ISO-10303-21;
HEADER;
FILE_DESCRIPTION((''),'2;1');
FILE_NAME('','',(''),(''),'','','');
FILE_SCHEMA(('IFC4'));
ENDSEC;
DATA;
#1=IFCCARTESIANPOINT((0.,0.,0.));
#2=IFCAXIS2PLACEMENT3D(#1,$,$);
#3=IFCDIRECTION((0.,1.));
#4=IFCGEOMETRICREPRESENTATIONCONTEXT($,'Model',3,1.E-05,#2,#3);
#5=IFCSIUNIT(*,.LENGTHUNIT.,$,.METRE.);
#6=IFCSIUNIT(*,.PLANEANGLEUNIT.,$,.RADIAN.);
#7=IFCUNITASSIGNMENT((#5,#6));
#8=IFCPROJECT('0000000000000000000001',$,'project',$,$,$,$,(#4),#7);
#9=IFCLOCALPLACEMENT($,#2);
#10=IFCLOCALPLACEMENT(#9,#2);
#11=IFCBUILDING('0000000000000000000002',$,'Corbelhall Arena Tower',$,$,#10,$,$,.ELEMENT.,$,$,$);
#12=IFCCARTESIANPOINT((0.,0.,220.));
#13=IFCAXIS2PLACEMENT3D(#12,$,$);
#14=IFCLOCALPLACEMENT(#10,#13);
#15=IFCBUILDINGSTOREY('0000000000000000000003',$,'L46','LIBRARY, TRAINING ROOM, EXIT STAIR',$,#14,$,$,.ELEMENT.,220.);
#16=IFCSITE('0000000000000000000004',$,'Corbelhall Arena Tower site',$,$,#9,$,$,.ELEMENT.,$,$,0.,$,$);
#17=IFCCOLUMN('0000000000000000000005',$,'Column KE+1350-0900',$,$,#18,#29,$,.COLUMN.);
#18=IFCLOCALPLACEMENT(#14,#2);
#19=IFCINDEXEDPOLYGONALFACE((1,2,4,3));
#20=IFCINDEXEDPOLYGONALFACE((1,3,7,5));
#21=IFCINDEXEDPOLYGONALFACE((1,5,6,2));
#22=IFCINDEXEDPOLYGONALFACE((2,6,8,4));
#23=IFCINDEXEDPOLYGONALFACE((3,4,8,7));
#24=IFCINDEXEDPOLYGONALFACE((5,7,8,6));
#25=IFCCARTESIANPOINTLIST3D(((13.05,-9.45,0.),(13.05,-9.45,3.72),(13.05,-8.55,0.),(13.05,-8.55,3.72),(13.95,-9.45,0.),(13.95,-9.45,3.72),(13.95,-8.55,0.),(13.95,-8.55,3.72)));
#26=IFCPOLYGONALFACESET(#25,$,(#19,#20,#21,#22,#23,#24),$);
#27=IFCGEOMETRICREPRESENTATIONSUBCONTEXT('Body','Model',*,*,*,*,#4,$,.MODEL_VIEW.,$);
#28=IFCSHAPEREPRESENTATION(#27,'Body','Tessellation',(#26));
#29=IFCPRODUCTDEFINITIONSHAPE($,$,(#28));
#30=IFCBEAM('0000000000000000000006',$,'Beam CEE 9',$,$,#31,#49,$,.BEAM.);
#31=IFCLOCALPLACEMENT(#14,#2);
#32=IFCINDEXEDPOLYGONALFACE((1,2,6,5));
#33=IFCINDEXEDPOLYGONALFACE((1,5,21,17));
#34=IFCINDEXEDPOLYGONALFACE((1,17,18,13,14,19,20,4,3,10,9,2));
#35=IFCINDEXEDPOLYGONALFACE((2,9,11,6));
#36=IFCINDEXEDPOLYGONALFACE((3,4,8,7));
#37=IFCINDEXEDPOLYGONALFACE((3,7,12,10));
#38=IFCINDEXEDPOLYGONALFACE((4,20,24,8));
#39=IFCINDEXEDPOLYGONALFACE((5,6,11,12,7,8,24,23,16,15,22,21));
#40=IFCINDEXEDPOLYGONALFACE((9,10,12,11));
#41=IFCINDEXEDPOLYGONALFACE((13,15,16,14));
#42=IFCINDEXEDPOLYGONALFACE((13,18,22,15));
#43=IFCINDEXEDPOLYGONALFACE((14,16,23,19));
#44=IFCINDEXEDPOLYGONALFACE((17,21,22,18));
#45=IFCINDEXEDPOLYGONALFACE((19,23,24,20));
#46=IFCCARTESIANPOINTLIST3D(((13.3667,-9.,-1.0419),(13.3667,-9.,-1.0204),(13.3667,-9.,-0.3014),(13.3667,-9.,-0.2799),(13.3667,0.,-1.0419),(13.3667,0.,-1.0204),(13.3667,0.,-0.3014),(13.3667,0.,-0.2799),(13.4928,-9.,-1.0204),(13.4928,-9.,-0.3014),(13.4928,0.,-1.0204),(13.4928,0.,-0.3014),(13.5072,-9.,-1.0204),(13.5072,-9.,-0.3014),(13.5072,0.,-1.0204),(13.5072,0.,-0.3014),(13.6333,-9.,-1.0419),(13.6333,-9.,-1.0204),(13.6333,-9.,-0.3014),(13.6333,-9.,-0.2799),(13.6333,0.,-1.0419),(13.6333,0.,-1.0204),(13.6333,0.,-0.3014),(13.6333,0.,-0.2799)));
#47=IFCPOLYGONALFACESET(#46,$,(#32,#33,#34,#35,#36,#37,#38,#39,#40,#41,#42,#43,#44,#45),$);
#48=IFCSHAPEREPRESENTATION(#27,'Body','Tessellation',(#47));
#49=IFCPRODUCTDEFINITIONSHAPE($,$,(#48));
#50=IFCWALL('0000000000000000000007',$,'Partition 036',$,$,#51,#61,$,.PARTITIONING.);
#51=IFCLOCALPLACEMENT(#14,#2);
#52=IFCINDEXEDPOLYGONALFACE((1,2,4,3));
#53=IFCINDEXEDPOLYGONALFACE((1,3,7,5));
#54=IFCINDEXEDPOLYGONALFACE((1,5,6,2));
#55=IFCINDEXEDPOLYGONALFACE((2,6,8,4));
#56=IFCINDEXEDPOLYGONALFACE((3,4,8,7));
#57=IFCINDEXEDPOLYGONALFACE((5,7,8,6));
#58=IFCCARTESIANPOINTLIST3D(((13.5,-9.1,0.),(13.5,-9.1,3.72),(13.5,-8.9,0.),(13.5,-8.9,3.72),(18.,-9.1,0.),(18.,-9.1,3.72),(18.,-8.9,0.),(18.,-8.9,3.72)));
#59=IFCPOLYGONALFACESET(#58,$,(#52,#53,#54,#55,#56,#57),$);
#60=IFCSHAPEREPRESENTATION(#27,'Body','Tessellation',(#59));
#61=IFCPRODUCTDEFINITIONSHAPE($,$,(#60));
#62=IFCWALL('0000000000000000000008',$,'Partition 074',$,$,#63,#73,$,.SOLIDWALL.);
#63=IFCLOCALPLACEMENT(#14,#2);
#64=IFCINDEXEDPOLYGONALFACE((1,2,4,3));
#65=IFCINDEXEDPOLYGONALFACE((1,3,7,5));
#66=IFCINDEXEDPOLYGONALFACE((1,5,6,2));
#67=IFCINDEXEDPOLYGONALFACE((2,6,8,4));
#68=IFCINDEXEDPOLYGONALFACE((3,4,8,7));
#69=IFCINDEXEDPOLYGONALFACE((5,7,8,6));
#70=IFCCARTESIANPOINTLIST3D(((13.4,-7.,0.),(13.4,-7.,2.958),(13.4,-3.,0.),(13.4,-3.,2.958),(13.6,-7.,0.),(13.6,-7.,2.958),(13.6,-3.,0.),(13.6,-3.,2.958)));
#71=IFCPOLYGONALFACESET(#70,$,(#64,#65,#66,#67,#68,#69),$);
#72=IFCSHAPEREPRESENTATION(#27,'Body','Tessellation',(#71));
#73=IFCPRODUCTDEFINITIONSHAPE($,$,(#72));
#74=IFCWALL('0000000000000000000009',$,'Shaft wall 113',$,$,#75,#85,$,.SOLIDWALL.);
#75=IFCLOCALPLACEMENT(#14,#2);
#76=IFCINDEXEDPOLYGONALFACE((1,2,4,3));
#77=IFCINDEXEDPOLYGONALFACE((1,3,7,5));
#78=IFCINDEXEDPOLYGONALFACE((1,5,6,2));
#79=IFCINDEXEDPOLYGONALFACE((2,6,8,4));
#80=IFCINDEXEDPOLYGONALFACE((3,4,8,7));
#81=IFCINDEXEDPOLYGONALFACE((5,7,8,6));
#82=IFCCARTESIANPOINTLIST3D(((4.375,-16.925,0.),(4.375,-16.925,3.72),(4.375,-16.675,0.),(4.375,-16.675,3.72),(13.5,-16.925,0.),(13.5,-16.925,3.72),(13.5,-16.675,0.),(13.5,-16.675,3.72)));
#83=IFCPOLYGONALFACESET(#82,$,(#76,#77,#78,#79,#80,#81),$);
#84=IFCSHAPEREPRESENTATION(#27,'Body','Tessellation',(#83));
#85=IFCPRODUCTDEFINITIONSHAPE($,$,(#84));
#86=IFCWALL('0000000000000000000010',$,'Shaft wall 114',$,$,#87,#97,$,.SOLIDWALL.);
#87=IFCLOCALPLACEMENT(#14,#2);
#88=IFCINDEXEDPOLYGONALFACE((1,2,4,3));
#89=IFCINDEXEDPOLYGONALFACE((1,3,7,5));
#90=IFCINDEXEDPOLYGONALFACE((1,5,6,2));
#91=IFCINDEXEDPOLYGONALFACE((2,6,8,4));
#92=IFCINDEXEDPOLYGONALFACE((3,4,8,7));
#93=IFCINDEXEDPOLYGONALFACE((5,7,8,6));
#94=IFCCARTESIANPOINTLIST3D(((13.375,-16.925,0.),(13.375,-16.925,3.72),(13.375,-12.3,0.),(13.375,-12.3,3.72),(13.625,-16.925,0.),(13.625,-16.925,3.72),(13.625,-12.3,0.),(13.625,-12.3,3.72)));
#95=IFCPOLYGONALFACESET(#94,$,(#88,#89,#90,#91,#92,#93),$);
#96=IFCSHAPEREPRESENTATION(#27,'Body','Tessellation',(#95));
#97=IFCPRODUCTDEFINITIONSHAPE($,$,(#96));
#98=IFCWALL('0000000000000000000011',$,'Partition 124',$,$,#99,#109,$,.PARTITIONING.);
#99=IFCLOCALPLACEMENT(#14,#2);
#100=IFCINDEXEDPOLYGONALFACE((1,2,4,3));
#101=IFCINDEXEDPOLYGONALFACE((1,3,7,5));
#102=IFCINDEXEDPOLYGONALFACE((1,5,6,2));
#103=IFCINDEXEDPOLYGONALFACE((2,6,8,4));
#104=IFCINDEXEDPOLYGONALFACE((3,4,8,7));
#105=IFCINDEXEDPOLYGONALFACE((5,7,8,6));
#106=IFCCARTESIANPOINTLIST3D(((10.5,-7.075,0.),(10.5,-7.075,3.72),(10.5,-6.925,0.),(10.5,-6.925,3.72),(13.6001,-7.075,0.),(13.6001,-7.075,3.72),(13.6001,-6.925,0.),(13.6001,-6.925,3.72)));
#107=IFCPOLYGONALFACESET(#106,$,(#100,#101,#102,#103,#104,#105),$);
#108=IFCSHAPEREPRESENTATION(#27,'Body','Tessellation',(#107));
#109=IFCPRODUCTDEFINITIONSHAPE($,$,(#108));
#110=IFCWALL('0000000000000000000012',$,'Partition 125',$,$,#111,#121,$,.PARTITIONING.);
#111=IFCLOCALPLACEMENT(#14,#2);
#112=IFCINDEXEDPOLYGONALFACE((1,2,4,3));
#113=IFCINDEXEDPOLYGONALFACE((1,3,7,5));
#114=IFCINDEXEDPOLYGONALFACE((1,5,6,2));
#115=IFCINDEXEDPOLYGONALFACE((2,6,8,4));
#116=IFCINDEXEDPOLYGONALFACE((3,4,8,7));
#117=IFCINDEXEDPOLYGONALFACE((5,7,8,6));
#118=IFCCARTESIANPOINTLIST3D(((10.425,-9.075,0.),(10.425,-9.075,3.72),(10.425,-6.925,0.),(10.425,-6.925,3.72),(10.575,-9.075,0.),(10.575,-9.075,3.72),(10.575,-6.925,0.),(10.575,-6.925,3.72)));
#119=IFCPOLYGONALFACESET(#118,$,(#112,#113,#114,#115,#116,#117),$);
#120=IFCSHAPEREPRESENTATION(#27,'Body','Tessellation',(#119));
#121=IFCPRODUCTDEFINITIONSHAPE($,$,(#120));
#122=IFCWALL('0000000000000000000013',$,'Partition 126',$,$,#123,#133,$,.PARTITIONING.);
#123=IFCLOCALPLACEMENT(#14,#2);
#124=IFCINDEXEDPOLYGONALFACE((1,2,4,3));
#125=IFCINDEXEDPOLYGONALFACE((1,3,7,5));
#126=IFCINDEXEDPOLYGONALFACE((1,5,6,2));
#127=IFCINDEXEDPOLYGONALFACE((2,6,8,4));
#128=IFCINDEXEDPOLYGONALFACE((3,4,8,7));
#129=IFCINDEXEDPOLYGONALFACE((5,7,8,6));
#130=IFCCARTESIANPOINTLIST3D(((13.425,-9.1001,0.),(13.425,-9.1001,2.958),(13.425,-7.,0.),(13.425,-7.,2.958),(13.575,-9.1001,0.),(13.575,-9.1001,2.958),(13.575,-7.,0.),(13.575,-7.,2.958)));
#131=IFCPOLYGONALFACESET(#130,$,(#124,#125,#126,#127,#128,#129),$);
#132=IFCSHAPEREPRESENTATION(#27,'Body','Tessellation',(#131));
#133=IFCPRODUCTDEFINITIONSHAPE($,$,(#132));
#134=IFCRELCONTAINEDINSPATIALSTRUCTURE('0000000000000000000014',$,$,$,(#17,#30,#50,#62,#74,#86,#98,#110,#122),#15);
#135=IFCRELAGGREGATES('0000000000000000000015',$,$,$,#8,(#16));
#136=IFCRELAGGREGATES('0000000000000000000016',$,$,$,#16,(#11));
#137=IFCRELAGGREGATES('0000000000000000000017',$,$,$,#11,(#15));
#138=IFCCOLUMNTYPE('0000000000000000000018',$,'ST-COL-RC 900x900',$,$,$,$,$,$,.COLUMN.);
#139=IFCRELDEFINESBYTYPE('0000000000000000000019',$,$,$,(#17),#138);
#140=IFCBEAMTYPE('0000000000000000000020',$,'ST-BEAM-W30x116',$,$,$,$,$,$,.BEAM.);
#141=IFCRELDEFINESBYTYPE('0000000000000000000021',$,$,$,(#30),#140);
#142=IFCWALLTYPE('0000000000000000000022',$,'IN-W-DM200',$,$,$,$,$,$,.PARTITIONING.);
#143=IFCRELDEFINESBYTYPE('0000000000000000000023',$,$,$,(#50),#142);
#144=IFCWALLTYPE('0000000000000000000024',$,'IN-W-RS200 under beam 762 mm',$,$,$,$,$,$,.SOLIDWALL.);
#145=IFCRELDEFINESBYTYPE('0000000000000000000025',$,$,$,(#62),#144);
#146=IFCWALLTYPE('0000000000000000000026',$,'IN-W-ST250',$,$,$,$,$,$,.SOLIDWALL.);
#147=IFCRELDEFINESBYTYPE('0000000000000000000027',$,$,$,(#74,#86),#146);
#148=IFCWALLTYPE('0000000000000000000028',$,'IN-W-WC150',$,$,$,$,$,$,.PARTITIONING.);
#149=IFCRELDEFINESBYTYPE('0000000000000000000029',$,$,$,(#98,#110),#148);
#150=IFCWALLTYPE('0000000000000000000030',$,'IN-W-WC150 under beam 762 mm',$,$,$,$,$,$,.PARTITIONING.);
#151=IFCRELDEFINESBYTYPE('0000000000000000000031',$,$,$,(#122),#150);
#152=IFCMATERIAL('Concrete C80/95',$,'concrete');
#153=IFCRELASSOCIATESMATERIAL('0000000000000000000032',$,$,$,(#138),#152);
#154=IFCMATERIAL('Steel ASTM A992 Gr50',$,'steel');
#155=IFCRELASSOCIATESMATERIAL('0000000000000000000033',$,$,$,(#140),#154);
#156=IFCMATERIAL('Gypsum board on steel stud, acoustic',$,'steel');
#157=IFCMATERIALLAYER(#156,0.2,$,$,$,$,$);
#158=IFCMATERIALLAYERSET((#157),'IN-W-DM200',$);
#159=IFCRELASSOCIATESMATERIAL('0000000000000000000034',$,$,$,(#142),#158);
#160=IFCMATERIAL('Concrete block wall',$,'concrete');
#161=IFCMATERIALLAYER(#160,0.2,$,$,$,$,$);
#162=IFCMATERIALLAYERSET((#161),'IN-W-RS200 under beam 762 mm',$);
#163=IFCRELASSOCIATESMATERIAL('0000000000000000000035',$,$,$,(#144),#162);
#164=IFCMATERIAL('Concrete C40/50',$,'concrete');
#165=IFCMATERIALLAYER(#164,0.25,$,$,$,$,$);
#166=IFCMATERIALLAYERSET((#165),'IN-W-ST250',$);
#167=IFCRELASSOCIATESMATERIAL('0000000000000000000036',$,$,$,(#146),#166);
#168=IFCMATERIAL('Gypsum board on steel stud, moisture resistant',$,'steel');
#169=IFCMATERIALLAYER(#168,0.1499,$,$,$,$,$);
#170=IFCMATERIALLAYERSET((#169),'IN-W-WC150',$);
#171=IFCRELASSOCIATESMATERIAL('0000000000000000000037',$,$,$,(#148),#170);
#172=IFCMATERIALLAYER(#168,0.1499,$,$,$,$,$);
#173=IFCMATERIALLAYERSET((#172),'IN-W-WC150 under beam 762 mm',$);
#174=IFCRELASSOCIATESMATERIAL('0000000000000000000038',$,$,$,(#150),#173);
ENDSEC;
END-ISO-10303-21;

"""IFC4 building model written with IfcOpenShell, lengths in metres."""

from ifc_helpers import new_model, si_unit, direction, frame, frame_2d, origin, origin_2d, place, context, subcontext, project, spatial, rectangle, i_section, extrude, material, layer, layer_set, material_profile, profile_set, type_object, element, save


model = new_model("IFC4")

# Units and contexts
model_context = context("Model", 3, precision=1e-05, world=origin(), true_north=direction((0.0, 1.0)))
body_context = subcontext(model_context, "Body", "Model", "MODEL_VIEW")
ifc_project = project(units=[si_unit("LENGTHUNIT", "METRE"), si_unit("PLANEANGLEUNIT", "RADIAN")], contexts=[model_context])

# Site, building, storey
site_placement = place(None, origin())
site = spatial("IfcSite", under=ifc_project, at=site_placement, Name="Corbelhall Arena Tower site", CompositionType="ELEMENT", RefElevation=0.0)
building_placement = place(site_placement, origin())
building = spatial("IfcBuilding", under=site, at=building_placement, Name="Corbelhall Arena Tower", CompositionType="ELEMENT")
storey_placement = place(building_placement, frame((0.0, 0.0, 220.0)))
storey = spatial("IfcBuildingStorey", under=building, at=storey_placement, Name="L46", Description="LIBRARY, TRAINING ROOM, EXIT STAIR", CompositionType="ELEMENT", Elevation=220.0)

# Column
ifc_material_1 = material(Name="Concrete C80/95", Category="concrete")
ifc_material_profile_1 = material_profile(ifc_material_1, rectangle(XDim=0.8999, YDim=0.8999, at=origin_2d()))
ifc_profile_set_1 = profile_set([ifc_material_profile_1], Name="Concrete C80/95")
column_type = type_object("IfcColumnType", Name="ST-COL-RC 900x900", PredefinedType="COLUMN", material=ifc_profile_set_1)
column_placement = place(storey_placement, frame((13.5, -9.0, 0.0), z_axis=(0.0, 0.0, 1.0), x_axis=(1.0, 0.0, 0.0)))
element("IfcColumn", 1, at=column_placement, inside=storey, type_object=column_type, Name="Column KE+1350-0900", PredefinedType="COLUMN", context=body_context, shape_type="SweptSolid", body=[
    extrude(rectangle(XDim=0.8999, YDim=0.8999, at=origin_2d()), origin(), (0.0, 0.0, 1.0), 3.72),
])

# Beam
ifc_material_2 = material(Name="Steel ASTM A992 Gr50", Category="steel")
ifc_material_profile_2 = material_profile(ifc_material_2, i_section(OverallWidth=0.2666, OverallDepth=0.762, WebThickness=0.0144, FlangeThickness=0.0215, at=origin_2d()))
ifc_profile_set_2 = profile_set([ifc_material_profile_2], Name="Steel ASTM A992 Gr50")
beam_type = type_object("IfcBeamType", Name="ST-BEAM-W30x116", PredefinedType="BEAM", material=ifc_profile_set_2)
beam_placement = place(storey_placement, frame((13.5, -9.0, -0.6609), z_axis=(0.0, 1.0, 0.0), x_axis=(-1.0, 0.0, 0.0)))
element("IfcBeam", 2, at=beam_placement, inside=storey, type_object=beam_type, Name="Beam CEE 9", PredefinedType="BEAM", context=body_context, shape_type="SweptSolid", body=[
    extrude(i_section(OverallWidth=0.2666, OverallDepth=0.762, WebThickness=0.0144, FlangeThickness=0.0215, at=origin_2d()), origin(), (0.0, 0.0, 1.0), 9.0),
])

# Wall
ifc_material_3 = material(Name="Gypsum board on steel stud, acoustic", Category="steel")
ifc_layer_1 = layer(ifc_material_3, 0.2)
ifc_layer_set_1 = layer_set([ifc_layer_1], Name="IN-W-DM200")
wall_type_1 = type_object("IfcWallType", Name="IN-W-DM200", PredefinedType="PARTITIONING", material=ifc_layer_set_1)
wall_1_placement = place(storey_placement, frame((13.5, -9.0, 0.0), z_axis=(0.0, 0.0, 1.0), x_axis=(1.0, 0.0, 0.0)))
element("IfcWall", 3, at=wall_1_placement, inside=storey, type_object=wall_type_1, Name="Partition 036", PredefinedType="PARTITIONING", context=body_context, shape_type="SweptSolid", body=[
    extrude(rectangle(XDim=4.5, YDim=0.2, at=frame_2d((2.25, 0.0))), origin(), (0.0, 0.0, 1.0), 3.72),
])

# Shared definitions
ifc_material_4 = material(Name="Concrete block wall", Category="concrete")

# Walls
ifc_layer_2 = layer(ifc_material_4, 0.2)
ifc_layer_set_2 = layer_set([ifc_layer_2], Name="IN-W-RS200 under beam 762 mm")
wall_type_2 = type_object("IfcWallType", Name="IN-W-RS200 under beam 762 mm", PredefinedType="SOLIDWALL", material=ifc_layer_set_2)
wall_2_placement = place(storey_placement, frame((13.5, -3.0, 0.0), z_axis=(0.0, 0.0, 1.0), x_axis=(0.0, -1.0, 0.0)))
element("IfcWall", 4, at=wall_2_placement, inside=storey, type_object=wall_type_2, Name="Partition 074", PredefinedType="SOLIDWALL", context=body_context, shape_type="SweptSolid", body=[
    extrude(rectangle(XDim=4.0, YDim=0.2, at=frame_2d((2.0, 0.0))), origin(), (0.0, 0.0, 1.0), 2.958),
])
ifc_material_5 = material(Name="Concrete C40/50", Category="concrete")
ifc_layer_3 = layer(ifc_material_5, 0.25)
ifc_layer_set_3 = layer_set([ifc_layer_3], Name="IN-W-ST250")
wall_type_3 = type_object("IfcWallType", Name="IN-W-ST250", PredefinedType="SOLIDWALL", material=ifc_layer_set_3)
wall_3_placement = place(storey_placement, frame((13.5, -16.8, 0.0), z_axis=(0.0, 0.0, 1.0), x_axis=(-1.0, 0.0, 0.0)))
element("IfcWall", 5, at=wall_3_placement, inside=storey, type_object=wall_type_3, Name="Shaft wall 113", PredefinedType="SOLIDWALL", context=body_context, shape_type="SweptSolid", body=[
    extrude(rectangle(XDim=9.125, YDim=0.25, at=frame_2d((4.5625, 0.0))), origin(), (0.0, 0.0, 1.0), 3.72),
])
wall_4_placement = place(storey_placement, frame((13.5, -12.3, 0.0), z_axis=(0.0, 0.0, 1.0), x_axis=(0.0, -1.0, 0.0)))
element("IfcWall", 6, at=wall_4_placement, inside=storey, type_object=wall_type_3, Name="Shaft wall 114", PredefinedType="SOLIDWALL", context=body_context, shape_type="SweptSolid", body=[
    extrude(rectangle(XDim=4.625, YDim=0.25, at=frame_2d((2.3125, 0.0))), origin(), (0.0, 0.0, 1.0), 3.72),
])
ifc_material_6 = material(Name="Gypsum board on steel stud, moisture resistant", Category="steel")
ifc_layer_4 = layer(ifc_material_6, 0.1499)
ifc_layer_set_4 = layer_set([ifc_layer_4], Name="IN-W-WC150")
wall_type_4 = type_object("IfcWallType", Name="IN-W-WC150", PredefinedType="PARTITIONING", material=ifc_layer_set_4)
wall_5_placement = place(storey_placement, frame((10.5, -7.0, 0.0), z_axis=(0.0, 0.0, 1.0), x_axis=(1.0, 0.0, 0.0)))
element("IfcWall", 7, at=wall_5_placement, inside=storey, type_object=wall_type_4, Name="Partition 124", PredefinedType="PARTITIONING", context=body_context, shape_type="SweptSolid", body=[
    extrude(rectangle(XDim=3.1001, YDim=0.1499, at=frame_2d((1.55, 0.0))), origin(), (0.0, 0.0, 1.0), 3.72),
])
wall_6_placement = place(storey_placement, frame((10.5, -6.925, 0.0), z_axis=(0.0, 0.0, 1.0), x_axis=(0.0, -1.0, 0.0)))
element("IfcWall", 8, at=wall_6_placement, inside=storey, type_object=wall_type_4, Name="Partition 125", PredefinedType="PARTITIONING", context=body_context, shape_type="SweptSolid", body=[
    extrude(rectangle(XDim=2.1499, YDim=0.1499, at=frame_2d((1.075, 0.0))), origin(), (0.0, 0.0, 1.0), 3.72),
])
ifc_layer_5 = layer(ifc_material_6, 0.1499)
ifc_layer_set_5 = layer_set([ifc_layer_5], Name="IN-W-WC150 under beam 762 mm")
wall_type_5 = type_object("IfcWallType", Name="IN-W-WC150 under beam 762 mm", PredefinedType="PARTITIONING", material=ifc_layer_set_5)
wall_7_placement = place(storey_placement, frame((13.5, -7.0, 0.0), z_axis=(0.0, 0.0, 1.0), x_axis=(0.0, -1.0, 0.0)))
element("IfcWall", 9, at=wall_7_placement, inside=storey, type_object=wall_type_5, Name="Partition 126", PredefinedType="PARTITIONING", context=body_context, shape_type="SweptSolid", body=[
    extrude(rectangle(XDim=2.1001, YDim=0.1499, at=frame_2d((1.05, 0.0))), origin(), (0.0, 0.0, 1.0), 2.958),
])

save(model, "model.ifc")
